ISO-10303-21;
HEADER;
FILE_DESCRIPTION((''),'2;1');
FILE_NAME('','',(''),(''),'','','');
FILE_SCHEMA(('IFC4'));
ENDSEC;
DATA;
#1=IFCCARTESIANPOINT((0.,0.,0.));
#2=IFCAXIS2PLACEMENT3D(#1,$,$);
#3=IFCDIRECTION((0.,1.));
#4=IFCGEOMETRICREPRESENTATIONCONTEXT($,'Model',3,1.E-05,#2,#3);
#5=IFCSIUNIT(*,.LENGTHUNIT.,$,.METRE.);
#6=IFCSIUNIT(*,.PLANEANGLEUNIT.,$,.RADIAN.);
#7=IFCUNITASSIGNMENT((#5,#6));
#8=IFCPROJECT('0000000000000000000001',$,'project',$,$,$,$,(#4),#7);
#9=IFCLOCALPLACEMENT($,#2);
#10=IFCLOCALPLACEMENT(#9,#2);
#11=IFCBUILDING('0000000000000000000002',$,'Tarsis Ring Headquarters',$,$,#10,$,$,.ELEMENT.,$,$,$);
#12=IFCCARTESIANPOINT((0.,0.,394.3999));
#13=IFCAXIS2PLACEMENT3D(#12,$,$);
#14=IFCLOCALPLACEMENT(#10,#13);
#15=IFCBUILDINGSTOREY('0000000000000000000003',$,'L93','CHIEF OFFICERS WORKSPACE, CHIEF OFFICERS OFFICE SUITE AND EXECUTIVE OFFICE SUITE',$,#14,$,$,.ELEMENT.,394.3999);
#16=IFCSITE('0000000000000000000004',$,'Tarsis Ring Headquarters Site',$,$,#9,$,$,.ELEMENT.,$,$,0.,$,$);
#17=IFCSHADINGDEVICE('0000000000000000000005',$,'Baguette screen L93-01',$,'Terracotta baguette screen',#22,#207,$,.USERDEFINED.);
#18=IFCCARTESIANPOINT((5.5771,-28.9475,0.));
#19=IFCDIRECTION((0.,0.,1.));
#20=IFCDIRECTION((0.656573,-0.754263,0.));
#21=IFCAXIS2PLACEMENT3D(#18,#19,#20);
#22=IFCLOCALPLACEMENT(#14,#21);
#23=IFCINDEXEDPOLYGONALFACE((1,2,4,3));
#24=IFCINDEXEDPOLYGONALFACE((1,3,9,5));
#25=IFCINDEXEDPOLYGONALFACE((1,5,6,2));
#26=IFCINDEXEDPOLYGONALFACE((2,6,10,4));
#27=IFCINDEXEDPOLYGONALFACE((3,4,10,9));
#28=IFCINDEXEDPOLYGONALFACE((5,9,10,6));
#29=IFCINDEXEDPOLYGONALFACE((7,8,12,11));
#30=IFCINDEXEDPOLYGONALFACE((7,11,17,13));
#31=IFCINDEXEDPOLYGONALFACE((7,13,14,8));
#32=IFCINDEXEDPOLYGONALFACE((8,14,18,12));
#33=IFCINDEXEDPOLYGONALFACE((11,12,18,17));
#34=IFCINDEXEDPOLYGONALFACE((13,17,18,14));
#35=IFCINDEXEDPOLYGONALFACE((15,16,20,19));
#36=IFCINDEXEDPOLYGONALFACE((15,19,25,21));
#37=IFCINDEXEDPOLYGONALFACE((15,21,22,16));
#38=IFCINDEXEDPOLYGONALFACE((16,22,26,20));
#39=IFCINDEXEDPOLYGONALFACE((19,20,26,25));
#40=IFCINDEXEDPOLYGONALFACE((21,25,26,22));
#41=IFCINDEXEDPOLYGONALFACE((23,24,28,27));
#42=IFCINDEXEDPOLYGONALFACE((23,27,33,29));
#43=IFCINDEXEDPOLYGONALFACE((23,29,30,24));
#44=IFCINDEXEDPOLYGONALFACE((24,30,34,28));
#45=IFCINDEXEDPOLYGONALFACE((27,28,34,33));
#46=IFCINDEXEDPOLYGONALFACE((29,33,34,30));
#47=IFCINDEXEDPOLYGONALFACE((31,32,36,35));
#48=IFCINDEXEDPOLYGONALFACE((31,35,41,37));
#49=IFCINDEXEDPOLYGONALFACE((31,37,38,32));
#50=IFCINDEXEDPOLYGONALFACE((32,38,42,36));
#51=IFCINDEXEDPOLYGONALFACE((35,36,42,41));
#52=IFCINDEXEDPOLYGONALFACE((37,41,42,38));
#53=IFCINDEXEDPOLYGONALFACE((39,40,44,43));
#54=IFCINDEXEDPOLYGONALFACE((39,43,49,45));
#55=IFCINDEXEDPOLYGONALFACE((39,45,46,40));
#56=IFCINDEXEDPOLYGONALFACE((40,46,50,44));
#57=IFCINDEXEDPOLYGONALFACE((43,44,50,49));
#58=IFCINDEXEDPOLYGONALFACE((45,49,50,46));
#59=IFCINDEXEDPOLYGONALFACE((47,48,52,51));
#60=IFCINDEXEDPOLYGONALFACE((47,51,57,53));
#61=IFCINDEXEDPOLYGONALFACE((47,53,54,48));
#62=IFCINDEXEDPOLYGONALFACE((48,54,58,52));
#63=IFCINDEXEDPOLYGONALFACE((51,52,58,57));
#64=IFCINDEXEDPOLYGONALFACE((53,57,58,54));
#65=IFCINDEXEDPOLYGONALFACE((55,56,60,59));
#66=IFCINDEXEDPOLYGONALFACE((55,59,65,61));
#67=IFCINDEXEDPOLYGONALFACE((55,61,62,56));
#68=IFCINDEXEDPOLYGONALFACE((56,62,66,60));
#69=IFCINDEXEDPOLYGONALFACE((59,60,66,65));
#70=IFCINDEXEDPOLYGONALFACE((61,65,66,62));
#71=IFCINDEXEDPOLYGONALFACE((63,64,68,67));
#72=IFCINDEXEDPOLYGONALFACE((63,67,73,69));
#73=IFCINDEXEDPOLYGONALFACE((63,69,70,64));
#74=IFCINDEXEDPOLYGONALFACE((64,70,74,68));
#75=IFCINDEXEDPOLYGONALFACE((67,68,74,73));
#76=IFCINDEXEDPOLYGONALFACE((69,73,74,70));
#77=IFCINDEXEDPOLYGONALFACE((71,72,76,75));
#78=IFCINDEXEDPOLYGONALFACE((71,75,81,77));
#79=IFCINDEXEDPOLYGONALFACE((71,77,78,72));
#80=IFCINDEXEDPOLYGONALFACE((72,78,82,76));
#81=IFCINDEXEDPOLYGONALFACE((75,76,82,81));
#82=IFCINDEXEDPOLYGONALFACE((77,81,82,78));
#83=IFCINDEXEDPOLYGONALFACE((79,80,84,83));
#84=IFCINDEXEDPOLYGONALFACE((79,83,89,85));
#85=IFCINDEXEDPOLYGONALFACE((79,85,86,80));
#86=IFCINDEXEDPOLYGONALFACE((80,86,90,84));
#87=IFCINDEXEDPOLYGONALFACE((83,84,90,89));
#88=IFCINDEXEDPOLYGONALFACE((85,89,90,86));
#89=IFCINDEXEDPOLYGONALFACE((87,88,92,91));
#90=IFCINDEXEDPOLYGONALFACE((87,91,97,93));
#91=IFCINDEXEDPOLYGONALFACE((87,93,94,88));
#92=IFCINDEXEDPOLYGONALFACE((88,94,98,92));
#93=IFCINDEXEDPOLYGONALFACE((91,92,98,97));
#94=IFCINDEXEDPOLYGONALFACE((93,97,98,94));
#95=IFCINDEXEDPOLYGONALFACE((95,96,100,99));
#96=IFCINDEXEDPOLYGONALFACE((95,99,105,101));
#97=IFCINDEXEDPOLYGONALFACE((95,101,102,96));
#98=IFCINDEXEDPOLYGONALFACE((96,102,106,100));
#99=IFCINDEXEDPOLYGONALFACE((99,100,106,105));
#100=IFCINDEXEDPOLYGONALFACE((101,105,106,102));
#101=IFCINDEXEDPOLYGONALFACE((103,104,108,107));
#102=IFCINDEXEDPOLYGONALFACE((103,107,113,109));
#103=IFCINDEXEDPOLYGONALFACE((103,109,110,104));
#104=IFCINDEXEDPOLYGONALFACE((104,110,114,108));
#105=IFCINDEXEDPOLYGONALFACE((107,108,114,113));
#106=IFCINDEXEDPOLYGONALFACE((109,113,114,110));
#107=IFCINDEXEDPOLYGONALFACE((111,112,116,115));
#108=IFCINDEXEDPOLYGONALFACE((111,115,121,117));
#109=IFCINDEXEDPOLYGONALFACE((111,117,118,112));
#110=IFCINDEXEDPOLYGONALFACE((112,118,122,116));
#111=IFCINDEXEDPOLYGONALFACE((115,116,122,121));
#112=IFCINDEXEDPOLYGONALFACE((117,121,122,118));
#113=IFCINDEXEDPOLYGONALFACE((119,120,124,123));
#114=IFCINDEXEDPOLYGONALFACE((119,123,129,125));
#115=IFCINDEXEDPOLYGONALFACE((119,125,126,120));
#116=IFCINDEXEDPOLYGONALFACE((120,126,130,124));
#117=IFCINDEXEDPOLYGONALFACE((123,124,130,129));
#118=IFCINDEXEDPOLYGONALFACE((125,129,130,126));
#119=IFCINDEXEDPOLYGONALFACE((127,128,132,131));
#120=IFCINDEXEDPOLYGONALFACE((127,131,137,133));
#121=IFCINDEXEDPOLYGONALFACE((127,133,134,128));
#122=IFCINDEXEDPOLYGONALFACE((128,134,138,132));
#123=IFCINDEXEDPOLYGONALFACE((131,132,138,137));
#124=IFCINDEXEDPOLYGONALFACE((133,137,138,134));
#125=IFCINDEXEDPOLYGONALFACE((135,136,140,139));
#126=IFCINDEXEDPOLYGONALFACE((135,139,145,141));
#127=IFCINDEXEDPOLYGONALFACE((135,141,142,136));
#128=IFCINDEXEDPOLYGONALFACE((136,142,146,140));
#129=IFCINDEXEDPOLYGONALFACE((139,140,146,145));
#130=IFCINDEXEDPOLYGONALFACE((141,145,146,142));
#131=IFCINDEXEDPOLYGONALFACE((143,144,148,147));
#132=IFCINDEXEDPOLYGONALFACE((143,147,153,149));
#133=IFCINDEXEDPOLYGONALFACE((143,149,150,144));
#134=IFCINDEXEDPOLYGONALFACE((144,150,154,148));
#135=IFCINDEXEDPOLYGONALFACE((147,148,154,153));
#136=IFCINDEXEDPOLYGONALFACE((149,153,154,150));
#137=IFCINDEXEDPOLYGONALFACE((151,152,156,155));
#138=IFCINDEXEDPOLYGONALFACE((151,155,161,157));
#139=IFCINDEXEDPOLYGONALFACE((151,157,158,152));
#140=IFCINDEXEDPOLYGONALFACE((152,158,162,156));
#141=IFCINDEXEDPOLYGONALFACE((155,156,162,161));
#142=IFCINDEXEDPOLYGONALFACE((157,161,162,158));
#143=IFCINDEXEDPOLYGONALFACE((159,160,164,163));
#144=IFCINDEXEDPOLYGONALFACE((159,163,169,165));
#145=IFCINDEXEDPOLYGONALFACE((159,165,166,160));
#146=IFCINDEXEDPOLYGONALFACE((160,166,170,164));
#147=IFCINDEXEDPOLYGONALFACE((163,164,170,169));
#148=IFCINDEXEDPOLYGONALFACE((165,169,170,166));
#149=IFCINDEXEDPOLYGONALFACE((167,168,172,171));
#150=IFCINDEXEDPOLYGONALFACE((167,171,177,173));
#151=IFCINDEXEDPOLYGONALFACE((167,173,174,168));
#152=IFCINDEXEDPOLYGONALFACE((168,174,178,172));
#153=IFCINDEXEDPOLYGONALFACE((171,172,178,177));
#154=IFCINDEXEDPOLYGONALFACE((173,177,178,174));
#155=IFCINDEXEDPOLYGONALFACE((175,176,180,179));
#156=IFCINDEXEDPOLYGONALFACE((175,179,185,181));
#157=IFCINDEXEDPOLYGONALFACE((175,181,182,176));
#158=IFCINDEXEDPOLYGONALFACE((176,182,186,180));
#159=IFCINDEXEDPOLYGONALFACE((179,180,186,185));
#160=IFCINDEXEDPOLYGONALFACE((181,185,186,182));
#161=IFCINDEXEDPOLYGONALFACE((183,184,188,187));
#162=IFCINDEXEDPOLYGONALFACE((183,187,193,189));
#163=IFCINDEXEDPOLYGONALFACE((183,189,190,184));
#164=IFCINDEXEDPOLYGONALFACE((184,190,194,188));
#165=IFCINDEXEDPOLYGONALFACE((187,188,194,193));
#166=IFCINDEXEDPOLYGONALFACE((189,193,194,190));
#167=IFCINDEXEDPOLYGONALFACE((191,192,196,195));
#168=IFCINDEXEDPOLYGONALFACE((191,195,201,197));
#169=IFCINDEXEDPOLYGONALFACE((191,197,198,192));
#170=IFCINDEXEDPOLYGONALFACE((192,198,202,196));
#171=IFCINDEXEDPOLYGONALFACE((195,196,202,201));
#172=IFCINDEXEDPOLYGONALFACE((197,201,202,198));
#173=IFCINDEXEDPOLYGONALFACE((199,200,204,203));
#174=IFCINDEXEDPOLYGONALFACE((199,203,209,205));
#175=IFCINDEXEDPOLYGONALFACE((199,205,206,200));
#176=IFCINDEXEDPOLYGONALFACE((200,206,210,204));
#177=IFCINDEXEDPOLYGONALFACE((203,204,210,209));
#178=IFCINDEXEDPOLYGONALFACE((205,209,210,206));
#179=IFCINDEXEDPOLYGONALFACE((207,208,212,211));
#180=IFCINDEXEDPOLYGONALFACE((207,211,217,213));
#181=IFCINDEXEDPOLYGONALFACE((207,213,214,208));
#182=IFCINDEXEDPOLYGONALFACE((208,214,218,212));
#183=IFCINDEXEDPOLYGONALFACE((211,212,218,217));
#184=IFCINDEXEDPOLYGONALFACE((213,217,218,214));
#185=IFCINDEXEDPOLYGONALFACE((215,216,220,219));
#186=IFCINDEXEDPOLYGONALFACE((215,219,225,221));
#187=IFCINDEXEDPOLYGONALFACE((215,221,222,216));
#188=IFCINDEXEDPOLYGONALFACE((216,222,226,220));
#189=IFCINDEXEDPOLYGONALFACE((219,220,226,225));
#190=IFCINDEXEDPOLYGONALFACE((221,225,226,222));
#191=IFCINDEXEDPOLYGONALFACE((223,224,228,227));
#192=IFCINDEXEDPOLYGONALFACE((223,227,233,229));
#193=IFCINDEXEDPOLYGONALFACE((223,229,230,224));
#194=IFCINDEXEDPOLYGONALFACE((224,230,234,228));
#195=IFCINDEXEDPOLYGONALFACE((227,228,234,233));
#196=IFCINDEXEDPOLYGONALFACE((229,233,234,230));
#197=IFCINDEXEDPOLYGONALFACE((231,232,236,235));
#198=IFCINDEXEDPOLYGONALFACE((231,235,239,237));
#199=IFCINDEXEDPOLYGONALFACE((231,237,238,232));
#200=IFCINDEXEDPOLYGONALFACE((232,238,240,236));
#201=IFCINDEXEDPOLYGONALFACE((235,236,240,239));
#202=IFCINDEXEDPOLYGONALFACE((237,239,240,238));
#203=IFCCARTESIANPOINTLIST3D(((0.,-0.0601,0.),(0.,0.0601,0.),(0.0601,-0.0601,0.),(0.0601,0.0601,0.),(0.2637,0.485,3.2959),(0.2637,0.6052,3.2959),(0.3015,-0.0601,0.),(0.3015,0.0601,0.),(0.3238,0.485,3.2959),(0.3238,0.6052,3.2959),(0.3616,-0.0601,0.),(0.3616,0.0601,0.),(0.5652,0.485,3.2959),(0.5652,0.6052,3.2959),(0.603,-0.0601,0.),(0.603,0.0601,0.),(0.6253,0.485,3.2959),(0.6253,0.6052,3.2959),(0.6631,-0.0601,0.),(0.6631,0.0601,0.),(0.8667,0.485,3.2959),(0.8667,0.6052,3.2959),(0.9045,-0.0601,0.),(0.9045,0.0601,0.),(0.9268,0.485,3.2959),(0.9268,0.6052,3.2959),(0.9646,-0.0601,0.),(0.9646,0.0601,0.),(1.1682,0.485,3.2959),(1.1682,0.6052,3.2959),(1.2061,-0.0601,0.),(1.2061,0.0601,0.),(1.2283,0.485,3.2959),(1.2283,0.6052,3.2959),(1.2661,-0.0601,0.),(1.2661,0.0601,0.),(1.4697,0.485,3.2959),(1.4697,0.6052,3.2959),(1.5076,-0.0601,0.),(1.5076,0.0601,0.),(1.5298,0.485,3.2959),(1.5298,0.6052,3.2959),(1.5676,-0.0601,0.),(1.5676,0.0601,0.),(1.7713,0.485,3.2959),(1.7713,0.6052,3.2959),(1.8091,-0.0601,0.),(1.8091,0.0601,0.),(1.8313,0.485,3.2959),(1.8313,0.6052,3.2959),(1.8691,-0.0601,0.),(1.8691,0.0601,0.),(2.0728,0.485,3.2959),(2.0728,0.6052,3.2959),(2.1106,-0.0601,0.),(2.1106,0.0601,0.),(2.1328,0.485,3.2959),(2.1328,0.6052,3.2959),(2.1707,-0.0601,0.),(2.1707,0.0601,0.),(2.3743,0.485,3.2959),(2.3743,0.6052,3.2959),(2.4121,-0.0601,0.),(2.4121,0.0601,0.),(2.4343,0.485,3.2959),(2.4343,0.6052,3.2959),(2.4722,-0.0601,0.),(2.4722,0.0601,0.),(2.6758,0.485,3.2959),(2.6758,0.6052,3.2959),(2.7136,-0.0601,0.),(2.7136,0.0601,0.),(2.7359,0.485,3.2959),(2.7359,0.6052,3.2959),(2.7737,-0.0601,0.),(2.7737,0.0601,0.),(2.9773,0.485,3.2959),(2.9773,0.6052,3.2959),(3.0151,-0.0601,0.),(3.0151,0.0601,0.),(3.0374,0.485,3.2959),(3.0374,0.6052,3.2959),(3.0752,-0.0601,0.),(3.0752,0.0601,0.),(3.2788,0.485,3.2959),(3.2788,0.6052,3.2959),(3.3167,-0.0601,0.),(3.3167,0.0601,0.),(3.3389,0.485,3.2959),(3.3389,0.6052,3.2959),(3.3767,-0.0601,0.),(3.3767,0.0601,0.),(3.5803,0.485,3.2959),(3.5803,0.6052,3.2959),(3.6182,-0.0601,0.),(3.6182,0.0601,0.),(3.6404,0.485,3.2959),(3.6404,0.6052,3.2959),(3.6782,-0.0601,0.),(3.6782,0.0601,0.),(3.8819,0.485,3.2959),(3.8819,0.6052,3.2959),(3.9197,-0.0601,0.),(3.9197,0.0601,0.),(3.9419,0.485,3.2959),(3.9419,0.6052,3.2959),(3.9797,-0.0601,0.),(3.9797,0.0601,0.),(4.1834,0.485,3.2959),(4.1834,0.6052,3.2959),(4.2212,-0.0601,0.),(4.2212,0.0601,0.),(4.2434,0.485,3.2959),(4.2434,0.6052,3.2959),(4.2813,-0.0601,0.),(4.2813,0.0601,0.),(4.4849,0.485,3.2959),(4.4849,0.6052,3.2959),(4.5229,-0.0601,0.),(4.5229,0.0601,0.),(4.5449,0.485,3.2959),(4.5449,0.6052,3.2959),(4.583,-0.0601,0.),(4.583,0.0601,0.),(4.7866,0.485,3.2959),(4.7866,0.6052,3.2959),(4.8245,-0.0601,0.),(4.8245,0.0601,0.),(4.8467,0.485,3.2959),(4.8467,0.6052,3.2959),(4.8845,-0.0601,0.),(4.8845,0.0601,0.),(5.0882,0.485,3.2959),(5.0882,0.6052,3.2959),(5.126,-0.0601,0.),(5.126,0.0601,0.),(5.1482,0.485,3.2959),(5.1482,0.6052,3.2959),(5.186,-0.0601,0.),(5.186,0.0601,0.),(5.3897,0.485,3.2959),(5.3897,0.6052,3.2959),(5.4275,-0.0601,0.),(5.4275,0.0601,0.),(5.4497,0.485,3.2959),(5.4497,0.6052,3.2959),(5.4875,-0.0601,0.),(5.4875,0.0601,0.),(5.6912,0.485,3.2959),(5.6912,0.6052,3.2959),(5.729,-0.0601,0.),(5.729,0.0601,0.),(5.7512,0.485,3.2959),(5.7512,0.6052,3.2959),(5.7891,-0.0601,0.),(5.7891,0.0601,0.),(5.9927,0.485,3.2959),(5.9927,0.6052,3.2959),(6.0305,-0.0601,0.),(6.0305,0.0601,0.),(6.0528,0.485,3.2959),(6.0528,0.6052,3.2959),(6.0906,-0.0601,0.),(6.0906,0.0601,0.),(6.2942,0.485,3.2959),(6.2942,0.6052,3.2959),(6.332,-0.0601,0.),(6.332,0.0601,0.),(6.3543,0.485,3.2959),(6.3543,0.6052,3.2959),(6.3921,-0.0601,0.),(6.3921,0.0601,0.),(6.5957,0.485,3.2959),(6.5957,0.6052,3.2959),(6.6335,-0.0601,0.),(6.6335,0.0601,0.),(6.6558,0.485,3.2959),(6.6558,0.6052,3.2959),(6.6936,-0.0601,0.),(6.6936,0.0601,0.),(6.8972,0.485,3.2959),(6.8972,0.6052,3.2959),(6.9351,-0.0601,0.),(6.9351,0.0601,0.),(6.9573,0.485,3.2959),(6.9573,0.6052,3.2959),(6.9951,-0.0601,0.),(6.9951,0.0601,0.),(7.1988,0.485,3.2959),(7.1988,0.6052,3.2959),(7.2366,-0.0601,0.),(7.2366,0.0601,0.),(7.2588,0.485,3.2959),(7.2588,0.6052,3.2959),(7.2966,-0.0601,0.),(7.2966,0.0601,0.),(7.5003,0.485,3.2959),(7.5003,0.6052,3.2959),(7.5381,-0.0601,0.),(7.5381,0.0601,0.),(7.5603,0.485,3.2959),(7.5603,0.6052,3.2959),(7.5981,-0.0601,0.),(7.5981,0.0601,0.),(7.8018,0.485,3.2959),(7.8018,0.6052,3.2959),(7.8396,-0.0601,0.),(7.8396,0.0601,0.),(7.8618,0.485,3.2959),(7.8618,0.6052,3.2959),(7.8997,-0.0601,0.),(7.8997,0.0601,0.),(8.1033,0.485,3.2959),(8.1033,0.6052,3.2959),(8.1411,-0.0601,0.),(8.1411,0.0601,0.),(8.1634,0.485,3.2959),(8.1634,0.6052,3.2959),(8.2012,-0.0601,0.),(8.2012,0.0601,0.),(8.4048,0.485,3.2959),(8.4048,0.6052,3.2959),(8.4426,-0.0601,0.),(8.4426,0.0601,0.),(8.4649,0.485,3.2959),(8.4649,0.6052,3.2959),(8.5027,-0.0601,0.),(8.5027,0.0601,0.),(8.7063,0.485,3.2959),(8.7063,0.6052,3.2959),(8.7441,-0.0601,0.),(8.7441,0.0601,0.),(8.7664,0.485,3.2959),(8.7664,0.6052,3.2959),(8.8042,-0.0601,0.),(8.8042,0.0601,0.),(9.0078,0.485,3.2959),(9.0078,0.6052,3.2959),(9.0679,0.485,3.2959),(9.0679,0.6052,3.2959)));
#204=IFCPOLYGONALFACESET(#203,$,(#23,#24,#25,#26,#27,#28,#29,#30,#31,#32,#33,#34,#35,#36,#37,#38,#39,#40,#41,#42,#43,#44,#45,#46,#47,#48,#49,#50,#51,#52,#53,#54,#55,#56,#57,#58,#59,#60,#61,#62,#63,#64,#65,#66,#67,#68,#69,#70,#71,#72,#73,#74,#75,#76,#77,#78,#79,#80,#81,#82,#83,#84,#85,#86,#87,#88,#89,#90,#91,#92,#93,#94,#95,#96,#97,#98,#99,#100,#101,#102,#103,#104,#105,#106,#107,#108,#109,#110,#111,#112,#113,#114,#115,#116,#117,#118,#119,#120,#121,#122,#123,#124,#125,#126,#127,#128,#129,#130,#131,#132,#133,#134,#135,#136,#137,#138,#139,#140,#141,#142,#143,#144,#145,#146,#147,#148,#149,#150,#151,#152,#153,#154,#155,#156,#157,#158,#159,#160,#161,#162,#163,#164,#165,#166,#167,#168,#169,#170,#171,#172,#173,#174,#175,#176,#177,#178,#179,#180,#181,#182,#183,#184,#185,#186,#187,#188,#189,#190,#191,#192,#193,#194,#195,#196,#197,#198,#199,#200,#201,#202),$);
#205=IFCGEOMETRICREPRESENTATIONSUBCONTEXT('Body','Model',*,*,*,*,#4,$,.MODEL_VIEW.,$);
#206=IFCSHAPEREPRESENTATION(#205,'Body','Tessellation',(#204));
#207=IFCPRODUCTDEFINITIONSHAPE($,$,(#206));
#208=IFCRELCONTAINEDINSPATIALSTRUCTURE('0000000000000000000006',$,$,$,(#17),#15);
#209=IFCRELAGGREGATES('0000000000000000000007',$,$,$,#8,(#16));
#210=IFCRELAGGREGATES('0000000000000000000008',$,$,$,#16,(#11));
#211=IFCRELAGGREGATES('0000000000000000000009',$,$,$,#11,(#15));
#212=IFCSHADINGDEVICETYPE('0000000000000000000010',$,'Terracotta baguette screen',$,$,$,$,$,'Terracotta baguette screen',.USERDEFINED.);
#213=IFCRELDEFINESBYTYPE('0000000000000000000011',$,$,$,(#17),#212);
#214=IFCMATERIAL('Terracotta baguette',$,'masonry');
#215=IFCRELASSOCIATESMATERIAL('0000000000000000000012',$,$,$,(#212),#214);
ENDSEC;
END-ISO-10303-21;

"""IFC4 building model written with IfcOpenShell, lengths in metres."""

from ifc_helpers import new_model, si_unit, direction, frame, frame_2d, origin, place, context, subcontext, project, spatial, rectangle, composite_profile, extrude, material, type_object, element, save


model = new_model("IFC4")

# Units and contexts
model_context = context("Model", 3, precision=1e-05, world=origin(), true_north=direction((0.0, 1.0)))
body_context = subcontext(model_context, "Body", "Model", "MODEL_VIEW")
ifc_project = project(units=[si_unit("LENGTHUNIT", "METRE"), si_unit("PLANEANGLEUNIT", "RADIAN")], contexts=[model_context])

# Site, building, storey
site_placement = place(None, origin())
site = spatial("IfcSite", under=ifc_project, at=site_placement, Name="Tarsis Ring Headquarters Site", CompositionType="ELEMENT", RefElevation=0.0)
building_placement = place(site_placement, origin())
building = spatial("IfcBuilding", under=site, at=building_placement, Name="Tarsis Ring Headquarters", CompositionType="ELEMENT")
storey_placement = place(building_placement, frame((0.0, 0.0, 394.3999)))
storey = spatial("IfcBuildingStorey", under=building, at=storey_placement, Name="L93", Description="CHIEF OFFICERS WORKSPACE, CHIEF OFFICERS OFFICE SUITE AND EXECUTIVE OFFICE SUITE", CompositionType="ELEMENT", Elevation=394.3999)

# Shading device
ifc_material_1 = material(Name="Terracotta baguette", Category="masonry")
shading_device_type_1 = type_object("IfcShadingDeviceType", Name="Terracotta baguette screen", ElementType="Terracotta baguette screen", PredefinedType="USERDEFINED", material=ifc_material_1)
shading_device_1_placement = place(storey_placement, frame((5.5771, -28.9475, 0.0), z_axis=(0.0, 0.0, 1.0), x_axis=(0.656573, -0.754263, 0.0)))
element("IfcShadingDevice", 1, at=shading_device_1_placement, inside=storey, type_object=shading_device_type_1, Name="Baguette screen L93-01", ObjectType="Terracotta baguette screen", PredefinedType="USERDEFINED", context=body_context, shape_type="SweptSolid", body=[
    extrude(composite_profile([rectangle(XDim=0.0601, YDim=0.1201, at=frame_2d((0.03, 0.0))), rectangle(XDim=0.0601, YDim=0.1201, at=frame_2d((0.3315, 0.0))), rectangle(XDim=0.0601, YDim=0.1201, at=frame_2d((0.6331, 0.0))), rectangle(XDim=0.0601, YDim=0.1201, at=frame_2d((0.9346, 0.0))), rectangle(XDim=0.0601, YDim=0.1201, at=frame_2d((1.2361, 0.0))), rectangle(XDim=0.0601, YDim=0.1201, at=frame_2d((1.5376, 0.0))), rectangle(XDim=0.0601, YDim=0.1201, at=frame_2d((1.8391, 0.0))), rectangle(XDim=0.0601, YDim=0.1201, at=frame_2d((2.1406, 0.0))), rectangle(XDim=0.0601, YDim=0.1201, at=frame_2d((2.4421, 0.0))), rectangle(XDim=0.0601, YDim=0.1201, at=frame_2d((2.7437, 0.0))), rectangle(XDim=0.0601, YDim=0.1201, at=frame_2d((3.0452, 0.0))), rectangle(XDim=0.0601, YDim=0.1201, at=frame_2d((3.3467, 0.0))), rectangle(XDim=0.0601, YDim=0.1201, at=frame_2d((3.6482, 0.0))), rectangle(XDim=0.0601, YDim=0.1201, at=frame_2d((3.9497, 0.0))), rectangle(XDim=0.0601, YDim=0.1201, at=frame_2d((4.2512, 0.0))), rectangle(XDim=0.0601, YDim=0.1201, at=frame_2d((4.553, 0.0))), rectangle(XDim=0.0601, YDim=0.1201, at=frame_2d((4.8545, 0.0))), rectangle(XDim=0.0601, YDim=0.1201, at=frame_2d((5.156, 0.0))), rectangle(XDim=0.0601, YDim=0.1201, at=frame_2d((5.4575, 0.0))), rectangle(XDim=0.0601, YDim=0.1201, at=frame_2d((5.759, 0.0))), rectangle(XDim=0.0601, YDim=0.1201, at=frame_2d((6.0605, 0.0))), rectangle(XDim=0.0601, YDim=0.1201, at=frame_2d((6.3621, 0.0))), rectangle(XDim=0.0601, YDim=0.1201, at=frame_2d((6.6636, 0.0))), rectangle(XDim=0.0601, YDim=0.1201, at=frame_2d((6.9651, 0.0))), rectangle(XDim=0.0601, YDim=0.1201, at=frame_2d((7.2666, 0.0))), rectangle(XDim=0.0601, YDim=0.1201, at=frame_2d((7.5681, 0.0))), rectangle(XDim=0.0601, YDim=0.1201, at=frame_2d((7.8696, 0.0))), rectangle(XDim=0.0601, YDim=0.1201, at=frame_2d((8.1711, 0.0))), rectangle(XDim=0.0601, YDim=0.1201, at=frame_2d((8.4727, 0.0))), rectangle(XDim=0.0601, YDim=0.1201, at=frame_2d((8.7742, 0.0)))]), origin(), (0.078689, 0.162665, 0.983539), 3.3511),
])

save(model, "model.ifc")
